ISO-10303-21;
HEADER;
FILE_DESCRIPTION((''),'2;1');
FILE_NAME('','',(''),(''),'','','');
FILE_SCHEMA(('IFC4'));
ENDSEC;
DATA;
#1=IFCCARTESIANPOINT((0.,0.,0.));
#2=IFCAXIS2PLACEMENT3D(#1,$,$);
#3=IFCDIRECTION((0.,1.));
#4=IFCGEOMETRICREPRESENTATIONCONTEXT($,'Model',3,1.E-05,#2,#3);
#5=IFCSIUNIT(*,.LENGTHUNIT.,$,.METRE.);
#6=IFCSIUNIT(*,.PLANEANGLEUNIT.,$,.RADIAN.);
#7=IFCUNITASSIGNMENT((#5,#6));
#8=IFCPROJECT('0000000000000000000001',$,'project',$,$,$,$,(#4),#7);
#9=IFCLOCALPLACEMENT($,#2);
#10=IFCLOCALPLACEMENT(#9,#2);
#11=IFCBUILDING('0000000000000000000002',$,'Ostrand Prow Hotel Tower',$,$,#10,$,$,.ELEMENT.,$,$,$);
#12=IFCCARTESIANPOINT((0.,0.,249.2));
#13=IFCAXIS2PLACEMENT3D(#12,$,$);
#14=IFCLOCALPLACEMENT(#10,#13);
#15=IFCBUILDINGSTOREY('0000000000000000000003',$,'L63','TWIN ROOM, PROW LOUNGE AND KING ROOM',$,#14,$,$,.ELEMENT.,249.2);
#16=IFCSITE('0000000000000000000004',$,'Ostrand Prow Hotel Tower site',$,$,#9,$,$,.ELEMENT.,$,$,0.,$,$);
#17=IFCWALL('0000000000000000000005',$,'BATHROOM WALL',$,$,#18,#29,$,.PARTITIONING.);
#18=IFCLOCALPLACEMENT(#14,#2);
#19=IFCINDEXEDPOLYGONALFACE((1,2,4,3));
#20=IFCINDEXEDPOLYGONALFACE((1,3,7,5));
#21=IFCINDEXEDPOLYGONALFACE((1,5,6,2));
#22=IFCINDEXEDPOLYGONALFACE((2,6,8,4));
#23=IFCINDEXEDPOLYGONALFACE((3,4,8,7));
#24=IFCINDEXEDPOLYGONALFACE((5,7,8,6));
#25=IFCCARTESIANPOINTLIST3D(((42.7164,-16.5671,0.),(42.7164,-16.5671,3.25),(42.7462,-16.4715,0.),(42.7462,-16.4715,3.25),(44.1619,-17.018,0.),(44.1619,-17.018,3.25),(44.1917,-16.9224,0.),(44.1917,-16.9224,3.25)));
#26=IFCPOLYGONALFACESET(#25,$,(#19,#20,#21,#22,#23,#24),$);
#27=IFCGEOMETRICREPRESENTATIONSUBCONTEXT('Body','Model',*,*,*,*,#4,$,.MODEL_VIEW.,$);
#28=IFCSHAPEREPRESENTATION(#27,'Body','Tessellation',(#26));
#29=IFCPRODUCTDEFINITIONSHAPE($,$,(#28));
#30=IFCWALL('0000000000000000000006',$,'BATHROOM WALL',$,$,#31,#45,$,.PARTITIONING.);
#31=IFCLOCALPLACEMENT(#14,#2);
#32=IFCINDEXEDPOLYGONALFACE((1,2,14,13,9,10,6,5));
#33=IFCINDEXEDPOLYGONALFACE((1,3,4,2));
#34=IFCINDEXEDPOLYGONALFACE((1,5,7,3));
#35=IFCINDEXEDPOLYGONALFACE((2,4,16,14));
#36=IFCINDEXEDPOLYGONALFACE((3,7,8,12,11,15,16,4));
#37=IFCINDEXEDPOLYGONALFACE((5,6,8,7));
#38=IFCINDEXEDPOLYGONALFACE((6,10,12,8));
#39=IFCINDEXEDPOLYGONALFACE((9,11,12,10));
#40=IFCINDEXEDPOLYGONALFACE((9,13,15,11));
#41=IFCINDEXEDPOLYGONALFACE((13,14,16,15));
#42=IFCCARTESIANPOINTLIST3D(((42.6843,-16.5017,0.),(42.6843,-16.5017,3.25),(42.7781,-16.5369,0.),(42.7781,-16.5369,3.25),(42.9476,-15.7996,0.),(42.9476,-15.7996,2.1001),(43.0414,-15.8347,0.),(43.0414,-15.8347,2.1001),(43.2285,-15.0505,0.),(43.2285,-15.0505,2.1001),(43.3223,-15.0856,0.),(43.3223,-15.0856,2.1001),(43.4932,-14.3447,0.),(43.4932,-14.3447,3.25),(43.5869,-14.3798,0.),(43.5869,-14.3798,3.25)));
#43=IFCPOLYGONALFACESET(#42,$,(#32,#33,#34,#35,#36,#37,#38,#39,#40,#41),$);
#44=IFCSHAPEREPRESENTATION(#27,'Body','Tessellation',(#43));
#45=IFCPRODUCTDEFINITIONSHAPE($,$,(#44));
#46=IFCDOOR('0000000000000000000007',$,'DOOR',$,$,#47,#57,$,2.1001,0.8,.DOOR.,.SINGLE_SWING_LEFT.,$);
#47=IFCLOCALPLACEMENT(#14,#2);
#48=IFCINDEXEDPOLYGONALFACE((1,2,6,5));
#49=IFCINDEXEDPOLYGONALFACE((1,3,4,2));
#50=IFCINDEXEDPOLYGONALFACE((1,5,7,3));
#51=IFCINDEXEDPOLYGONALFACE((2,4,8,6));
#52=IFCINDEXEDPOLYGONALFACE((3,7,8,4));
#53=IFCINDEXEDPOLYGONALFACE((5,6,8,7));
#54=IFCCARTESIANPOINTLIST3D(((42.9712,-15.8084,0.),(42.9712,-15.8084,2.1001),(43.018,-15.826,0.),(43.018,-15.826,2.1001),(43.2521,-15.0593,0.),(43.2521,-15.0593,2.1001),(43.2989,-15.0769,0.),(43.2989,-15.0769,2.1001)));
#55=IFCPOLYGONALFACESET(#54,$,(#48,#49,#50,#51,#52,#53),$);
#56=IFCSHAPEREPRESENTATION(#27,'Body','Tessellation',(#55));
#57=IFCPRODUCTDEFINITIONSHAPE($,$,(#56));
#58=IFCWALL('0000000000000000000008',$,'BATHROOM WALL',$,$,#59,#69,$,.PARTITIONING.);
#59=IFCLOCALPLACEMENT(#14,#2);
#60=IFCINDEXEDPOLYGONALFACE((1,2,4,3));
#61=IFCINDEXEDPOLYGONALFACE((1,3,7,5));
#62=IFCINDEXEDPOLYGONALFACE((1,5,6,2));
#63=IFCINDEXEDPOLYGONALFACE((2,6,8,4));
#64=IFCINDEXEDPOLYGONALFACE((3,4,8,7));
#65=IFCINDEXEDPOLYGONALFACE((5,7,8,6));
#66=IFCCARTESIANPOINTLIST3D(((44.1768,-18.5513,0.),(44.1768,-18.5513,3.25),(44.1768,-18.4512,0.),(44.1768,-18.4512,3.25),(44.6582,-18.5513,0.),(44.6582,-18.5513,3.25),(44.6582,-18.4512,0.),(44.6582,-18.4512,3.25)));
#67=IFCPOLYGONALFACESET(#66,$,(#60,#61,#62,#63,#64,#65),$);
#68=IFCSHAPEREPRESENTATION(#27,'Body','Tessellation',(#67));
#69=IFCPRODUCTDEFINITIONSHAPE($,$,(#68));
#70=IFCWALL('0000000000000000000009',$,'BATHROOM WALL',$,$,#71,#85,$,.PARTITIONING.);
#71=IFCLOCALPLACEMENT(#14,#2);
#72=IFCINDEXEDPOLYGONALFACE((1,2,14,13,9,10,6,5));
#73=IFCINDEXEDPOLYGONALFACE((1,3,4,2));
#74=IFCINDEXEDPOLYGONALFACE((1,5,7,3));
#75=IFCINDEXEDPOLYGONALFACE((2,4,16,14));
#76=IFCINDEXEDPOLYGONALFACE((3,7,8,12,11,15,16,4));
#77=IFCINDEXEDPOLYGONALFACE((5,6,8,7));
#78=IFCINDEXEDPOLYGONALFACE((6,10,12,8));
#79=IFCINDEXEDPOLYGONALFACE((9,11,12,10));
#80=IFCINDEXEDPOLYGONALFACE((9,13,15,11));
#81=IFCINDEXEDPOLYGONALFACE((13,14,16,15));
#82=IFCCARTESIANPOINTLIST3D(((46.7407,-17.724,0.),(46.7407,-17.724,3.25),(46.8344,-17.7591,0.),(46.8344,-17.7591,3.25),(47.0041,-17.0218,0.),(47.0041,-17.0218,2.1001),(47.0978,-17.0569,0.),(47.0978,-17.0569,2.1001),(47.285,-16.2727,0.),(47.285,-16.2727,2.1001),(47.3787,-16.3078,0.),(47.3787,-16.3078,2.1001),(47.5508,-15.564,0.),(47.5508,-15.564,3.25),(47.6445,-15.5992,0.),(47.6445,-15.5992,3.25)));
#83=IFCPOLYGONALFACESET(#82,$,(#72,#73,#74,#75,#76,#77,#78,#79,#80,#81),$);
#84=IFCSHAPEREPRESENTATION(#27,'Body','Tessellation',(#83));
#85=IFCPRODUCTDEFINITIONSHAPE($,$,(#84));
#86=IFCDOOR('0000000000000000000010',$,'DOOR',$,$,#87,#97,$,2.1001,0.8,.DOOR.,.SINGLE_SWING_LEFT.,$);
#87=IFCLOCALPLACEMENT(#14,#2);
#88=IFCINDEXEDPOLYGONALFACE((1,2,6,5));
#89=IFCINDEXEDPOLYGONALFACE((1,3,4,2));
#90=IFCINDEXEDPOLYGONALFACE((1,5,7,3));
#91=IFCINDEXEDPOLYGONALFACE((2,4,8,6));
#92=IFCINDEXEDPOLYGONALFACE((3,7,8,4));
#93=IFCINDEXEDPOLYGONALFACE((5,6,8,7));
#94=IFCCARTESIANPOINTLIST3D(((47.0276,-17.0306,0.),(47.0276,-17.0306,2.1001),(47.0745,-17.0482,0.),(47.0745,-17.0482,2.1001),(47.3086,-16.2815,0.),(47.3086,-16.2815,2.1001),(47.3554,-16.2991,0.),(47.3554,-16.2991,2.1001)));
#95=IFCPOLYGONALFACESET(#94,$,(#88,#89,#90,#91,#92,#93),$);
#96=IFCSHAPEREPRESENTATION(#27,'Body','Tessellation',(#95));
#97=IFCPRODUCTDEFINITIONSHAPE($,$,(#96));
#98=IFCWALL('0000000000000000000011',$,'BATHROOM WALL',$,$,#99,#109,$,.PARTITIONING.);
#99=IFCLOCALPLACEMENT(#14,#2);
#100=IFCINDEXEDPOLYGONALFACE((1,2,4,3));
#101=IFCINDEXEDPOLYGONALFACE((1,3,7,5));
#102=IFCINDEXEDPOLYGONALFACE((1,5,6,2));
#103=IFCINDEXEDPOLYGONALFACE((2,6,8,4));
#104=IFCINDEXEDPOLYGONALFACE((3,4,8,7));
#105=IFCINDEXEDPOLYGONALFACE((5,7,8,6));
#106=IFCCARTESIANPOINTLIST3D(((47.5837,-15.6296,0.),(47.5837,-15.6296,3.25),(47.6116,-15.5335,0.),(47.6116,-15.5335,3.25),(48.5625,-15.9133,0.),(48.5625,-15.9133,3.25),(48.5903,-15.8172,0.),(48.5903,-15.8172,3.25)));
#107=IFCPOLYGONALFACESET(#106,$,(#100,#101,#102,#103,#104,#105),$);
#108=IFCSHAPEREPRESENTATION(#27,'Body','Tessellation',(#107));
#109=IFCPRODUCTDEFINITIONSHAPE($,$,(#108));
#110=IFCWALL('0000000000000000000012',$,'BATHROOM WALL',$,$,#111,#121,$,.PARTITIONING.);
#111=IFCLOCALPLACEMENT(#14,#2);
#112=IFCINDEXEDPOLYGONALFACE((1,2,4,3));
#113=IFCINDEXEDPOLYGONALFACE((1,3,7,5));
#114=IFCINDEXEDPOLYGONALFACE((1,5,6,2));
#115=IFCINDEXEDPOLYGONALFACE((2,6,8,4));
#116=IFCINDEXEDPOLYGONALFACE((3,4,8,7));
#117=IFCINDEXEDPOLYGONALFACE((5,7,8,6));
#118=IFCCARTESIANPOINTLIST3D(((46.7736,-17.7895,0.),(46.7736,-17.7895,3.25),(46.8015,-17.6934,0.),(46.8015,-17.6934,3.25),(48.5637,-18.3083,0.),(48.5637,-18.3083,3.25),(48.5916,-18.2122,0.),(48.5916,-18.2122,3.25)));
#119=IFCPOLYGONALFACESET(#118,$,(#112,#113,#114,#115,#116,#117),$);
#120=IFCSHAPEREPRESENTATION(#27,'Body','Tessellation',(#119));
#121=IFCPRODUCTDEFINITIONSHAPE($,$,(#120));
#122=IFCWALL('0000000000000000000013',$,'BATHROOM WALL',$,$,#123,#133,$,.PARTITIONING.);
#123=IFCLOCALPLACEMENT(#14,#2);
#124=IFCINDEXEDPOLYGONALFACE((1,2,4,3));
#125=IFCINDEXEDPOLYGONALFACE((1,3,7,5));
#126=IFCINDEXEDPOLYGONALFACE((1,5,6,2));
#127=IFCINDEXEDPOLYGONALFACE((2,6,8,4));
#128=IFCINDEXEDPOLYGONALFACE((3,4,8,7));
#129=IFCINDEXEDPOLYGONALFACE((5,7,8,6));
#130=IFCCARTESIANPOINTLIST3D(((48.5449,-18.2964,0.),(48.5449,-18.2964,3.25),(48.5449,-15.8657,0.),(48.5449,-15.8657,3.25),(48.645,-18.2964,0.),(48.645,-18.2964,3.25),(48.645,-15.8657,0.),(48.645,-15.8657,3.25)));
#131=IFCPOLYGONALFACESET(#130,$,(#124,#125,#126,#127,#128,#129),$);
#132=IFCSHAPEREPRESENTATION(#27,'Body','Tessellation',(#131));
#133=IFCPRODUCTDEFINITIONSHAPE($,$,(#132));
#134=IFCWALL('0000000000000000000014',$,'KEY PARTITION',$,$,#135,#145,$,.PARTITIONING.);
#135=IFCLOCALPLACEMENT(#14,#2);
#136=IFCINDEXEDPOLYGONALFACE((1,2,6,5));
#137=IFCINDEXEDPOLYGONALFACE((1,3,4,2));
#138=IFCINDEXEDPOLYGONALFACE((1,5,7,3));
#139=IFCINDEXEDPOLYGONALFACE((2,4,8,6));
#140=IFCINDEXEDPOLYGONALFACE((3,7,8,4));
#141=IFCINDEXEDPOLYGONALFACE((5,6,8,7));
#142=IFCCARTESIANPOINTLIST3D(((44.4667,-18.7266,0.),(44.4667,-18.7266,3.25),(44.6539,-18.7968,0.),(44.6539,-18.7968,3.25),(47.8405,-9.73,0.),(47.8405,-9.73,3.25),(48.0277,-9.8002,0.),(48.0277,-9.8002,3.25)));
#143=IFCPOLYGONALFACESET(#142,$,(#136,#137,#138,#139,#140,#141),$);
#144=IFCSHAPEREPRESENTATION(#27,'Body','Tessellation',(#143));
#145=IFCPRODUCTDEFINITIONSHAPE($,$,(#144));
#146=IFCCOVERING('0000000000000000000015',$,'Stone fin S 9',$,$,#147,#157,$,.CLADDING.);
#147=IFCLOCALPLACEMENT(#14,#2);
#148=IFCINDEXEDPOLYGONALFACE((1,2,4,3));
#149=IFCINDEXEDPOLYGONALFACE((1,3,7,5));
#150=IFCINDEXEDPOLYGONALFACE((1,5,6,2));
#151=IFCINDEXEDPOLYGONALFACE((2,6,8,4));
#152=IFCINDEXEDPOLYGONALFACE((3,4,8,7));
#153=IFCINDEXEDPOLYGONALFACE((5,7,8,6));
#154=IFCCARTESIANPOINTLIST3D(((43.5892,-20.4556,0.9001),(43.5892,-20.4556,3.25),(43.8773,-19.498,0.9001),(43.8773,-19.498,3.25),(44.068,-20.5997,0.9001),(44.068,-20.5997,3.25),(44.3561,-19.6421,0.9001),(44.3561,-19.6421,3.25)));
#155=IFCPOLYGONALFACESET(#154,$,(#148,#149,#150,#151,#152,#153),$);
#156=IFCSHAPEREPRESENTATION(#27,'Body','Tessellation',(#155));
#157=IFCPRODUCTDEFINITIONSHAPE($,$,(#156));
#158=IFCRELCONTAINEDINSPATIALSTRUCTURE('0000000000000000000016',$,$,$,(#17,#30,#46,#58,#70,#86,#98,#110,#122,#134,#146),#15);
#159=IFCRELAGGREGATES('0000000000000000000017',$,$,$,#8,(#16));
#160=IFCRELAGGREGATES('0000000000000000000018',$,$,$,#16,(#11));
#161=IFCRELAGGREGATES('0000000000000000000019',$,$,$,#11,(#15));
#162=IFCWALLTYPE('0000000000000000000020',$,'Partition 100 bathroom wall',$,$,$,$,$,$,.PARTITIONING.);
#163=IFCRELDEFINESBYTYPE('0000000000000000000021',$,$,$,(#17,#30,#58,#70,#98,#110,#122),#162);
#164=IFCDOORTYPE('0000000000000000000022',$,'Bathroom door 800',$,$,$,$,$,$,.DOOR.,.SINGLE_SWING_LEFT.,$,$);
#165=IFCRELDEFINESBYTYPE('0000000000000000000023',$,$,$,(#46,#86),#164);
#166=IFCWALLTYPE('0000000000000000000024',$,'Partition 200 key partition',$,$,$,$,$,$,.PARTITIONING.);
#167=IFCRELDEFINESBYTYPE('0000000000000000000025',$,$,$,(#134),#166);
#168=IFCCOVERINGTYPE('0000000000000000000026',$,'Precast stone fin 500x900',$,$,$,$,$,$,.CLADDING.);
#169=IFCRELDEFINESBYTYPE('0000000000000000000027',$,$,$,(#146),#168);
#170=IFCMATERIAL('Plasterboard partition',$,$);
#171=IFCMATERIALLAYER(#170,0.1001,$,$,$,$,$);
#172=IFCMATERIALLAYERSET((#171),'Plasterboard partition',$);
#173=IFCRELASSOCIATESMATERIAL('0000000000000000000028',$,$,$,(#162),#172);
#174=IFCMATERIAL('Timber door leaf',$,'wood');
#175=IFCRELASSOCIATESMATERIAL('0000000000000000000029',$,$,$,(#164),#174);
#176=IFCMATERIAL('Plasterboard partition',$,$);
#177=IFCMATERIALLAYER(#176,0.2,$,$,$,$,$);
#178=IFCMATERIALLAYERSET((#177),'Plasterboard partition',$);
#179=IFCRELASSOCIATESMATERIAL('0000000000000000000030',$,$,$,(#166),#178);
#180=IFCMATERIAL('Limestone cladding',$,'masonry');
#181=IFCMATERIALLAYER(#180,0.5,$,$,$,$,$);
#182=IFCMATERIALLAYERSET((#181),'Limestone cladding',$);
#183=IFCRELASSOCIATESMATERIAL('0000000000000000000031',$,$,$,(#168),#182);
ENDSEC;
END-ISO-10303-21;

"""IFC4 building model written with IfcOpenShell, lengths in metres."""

from ifc_helpers import new_model, si_unit, direction, frame, frame_2d, origin, place, context, subcontext, project, spatial, rectangle, extrude, material, layer, layer_set, type_object, element, fill, save


model = new_model("IFC4")

# Units and contexts
model_context = context("Model", 3, precision=1e-05, world=origin(), true_north=direction((0.0, 1.0)))
body_context = subcontext(model_context, "Body", "Model", "MODEL_VIEW")
ifc_project = project(units=[si_unit("LENGTHUNIT", "METRE"), si_unit("PLANEANGLEUNIT", "RADIAN")], contexts=[model_context])

# Site, building, storey
site_placement = place(None, origin())
site = spatial("IfcSite", under=ifc_project, at=site_placement, Name="Ostrand Prow Hotel Tower site", CompositionType="ELEMENT", RefElevation=0.0)
building_placement = place(site_placement, origin())
building = spatial("IfcBuilding", under=site, at=building_placement, Name="Ostrand Prow Hotel Tower", CompositionType="ELEMENT")
storey_placement = place(building_placement, frame((0.0, 0.0, 249.2)))
storey = spatial("IfcBuildingStorey", under=building, at=storey_placement, Name="L63", Description="TWIN ROOM, PROW LOUNGE AND KING ROOM", CompositionType="ELEMENT", Elevation=249.2)

# Wall
ifc_material_1 = material(Name="Plasterboard partition")
ifc_layer_1 = layer(ifc_material_1, 0.1001)
ifc_layer_set_1 = layer_set([ifc_layer_1], Name="Plasterboard partition")
wall_type_1 = type_object("IfcWallType", Name="Partition 100 bathroom wall", PredefinedType="PARTITIONING", material=ifc_layer_set_1)
wall_1_placement = place(storey_placement, frame((44.1768, -16.9702, 0.0), z_axis=(0.0, 0.0, 1.0), x_axis=(-0.954632, 0.297788, 0.0)))
element("IfcWall", 1, at=wall_1_placement, inside=storey, type_object=wall_type_1, Name="BATHROOM WALL", PredefinedType="PARTITIONING", context=body_context, shape_type="SweptSolid", body=[
    extrude(rectangle(XDim=1.5142, YDim=0.1001, at=frame_2d((0.7571, 0.0))), origin(), (0.0, 0.0, 1.0), 3.25),
])

# Wall, opening, door
wall_2_placement = place(storey_placement, frame((42.7312, -16.5193, 0.0), z_axis=(0.0, 0.0, 1.0), x_axis=(0.351112, 0.936334, 0.0)))
wall_2 = element("IfcWall", 2, at=wall_2_placement, inside=storey, type_object=wall_type_1, Name="BATHROOM WALL", PredefinedType="PARTITIONING", context=body_context, shape_type="SweptSolid", body=[
    extrude(rectangle(XDim=2.3037, YDim=0.1001, at=frame_2d((1.1519, 0.0))), origin(), (0.0, 0.0, 1.0), 3.25),
])
opening_1_placement = place(wall_2_placement, frame((0.75, 0.0, 0.0)))
opening_1 = element("IfcOpeningElement", 3, at=opening_1_placement, cuts=wall_2, PredefinedType="OPENING", context=body_context, shape_type="SweptSolid", body=[
    extrude(rectangle(XDim=0.8, YDim=2.1001, at=frame_2d((0.3999, 1.05))), frame((0.0, 0.0601, 0.0), z_axis=(0.0, -1.0, 0.0), x_axis=(1.0, 0.0, 0.0)), (0.0, 0.0, 1.0), 0.1201),
])
ifc_material_2 = material(Name="Timber door leaf", Category="wood")
door_type_1 = type_object("IfcDoorType", Name="Bathroom door 800", OperationType="SINGLE_SWING_LEFT", PredefinedType="DOOR", material=ifc_material_2)
door_1_placement = place(opening_1_placement, origin())
door_1 = element("IfcDoor", 4, at=door_1_placement, inside=storey, type_object=door_type_1, Name="DOOR", OperationType="SINGLE_SWING_LEFT", OverallHeight=2.1001, OverallWidth=0.8, PredefinedType="DOOR", context=body_context, shape_type="SweptSolid", body=[
    extrude(rectangle(XDim=0.8, YDim=2.1001, at=frame_2d((0.3999, 1.05))), frame((0.0, 0.0249, 0.0), z_axis=(0.0, -1.0, 0.0), x_axis=(1.0, 0.0, 0.0)), (0.0, 0.0, 1.0), 0.05),
])
fill(opening_1, door_1)

# Wall
wall_3_placement = place(storey_placement, frame((44.6582, -18.5012, 0.0), z_axis=(0.0, 0.0, 1.0), x_axis=(-1.0, 0.0, 0.0)))
element("IfcWall", 5, at=wall_3_placement, inside=storey, type_object=wall_type_1, Name="BATHROOM WALL", PredefinedType="PARTITIONING", context=body_context, shape_type="SweptSolid", body=[
    extrude(rectangle(XDim=0.4814, YDim=0.1001, at=frame_2d((0.2407, 0.0))), origin(), (0.0, 0.0, 1.0), 3.25),
])

# Wall, opening, door
wall_4_placement = place(storey_placement, frame((46.7876, -17.7415, 0.0), z_axis=(0.0, 0.0, 1.0), x_axis=(0.351158, 0.936316, 0.0)))
wall_4 = element("IfcWall", 6, at=wall_4_placement, inside=storey, type_object=wall_type_1, Name="BATHROOM WALL", PredefinedType="PARTITIONING", context=body_context, shape_type="SweptSolid", body=[
    extrude(rectangle(XDim=2.3069, YDim=0.1001, at=frame_2d((1.1533, 0.0))), origin(), (0.0, 0.0, 1.0), 3.25),
])
opening_2_placement = place(wall_4_placement, frame((0.75, 0.0, 0.0)))
opening_2 = element("IfcOpeningElement", 7, at=opening_2_placement, cuts=wall_4, PredefinedType="OPENING", context=body_context, shape_type="SweptSolid", body=[
    extrude(rectangle(XDim=0.8, YDim=2.1001, at=frame_2d((0.3999, 1.05))), frame((0.0, 0.0601, 0.0), z_axis=(0.0, -1.0, 0.0), x_axis=(1.0, 0.0, 0.0)), (0.0, 0.0, 1.0), 0.1201),
])
door_2_placement = place(opening_2_placement, origin())
door_2 = element("IfcDoor", 8, at=door_2_placement, inside=storey, type_object=door_type_1, Name="DOOR", OperationType="SINGLE_SWING_LEFT", OverallHeight=2.1001, OverallWidth=0.8, PredefinedType="DOOR", context=body_context, shape_type="SweptSolid", body=[
    extrude(rectangle(XDim=0.8, YDim=2.1001, at=frame_2d((0.3999, 1.05))), frame((0.0, 0.0249, 0.0), z_axis=(0.0, -1.0, 0.0), x_axis=(1.0, 0.0, 0.0)), (0.0, 0.0, 1.0), 0.05),
])
fill(opening_2, door_2)

# Walls
wall_5_placement = place(storey_placement, frame((47.5977, -15.5815, 0.0), z_axis=(0.0, 0.0, 1.0), x_axis=(0.960468, -0.27839, 0.0)))
element("IfcWall", 9, at=wall_5_placement, inside=storey, type_object=wall_type_1, Name="BATHROOM WALL", PredefinedType="PARTITIONING", context=body_context, shape_type="SweptSolid", body=[
    extrude(rectangle(XDim=1.019, YDim=0.1001, at=frame_2d((0.5095, 0.0))), origin(), (0.0, 0.0, 1.0), 3.25),
])
wall_6_placement = place(storey_placement, frame((48.5776, -18.2603, 0.0), z_axis=(0.0, 0.0, 1.0), x_axis=(-0.960474, 0.27837, 0.0)))
element("IfcWall", 10, at=wall_6_placement, inside=storey, type_object=wall_type_1, Name="BATHROOM WALL", PredefinedType="PARTITIONING", context=body_context, shape_type="SweptSolid", body=[
    extrude(rectangle(XDim=1.8638, YDim=0.1001, at=frame_2d((0.9319, 0.0))), origin(), (0.0, 0.0, 1.0), 3.25),
])
wall_7_placement = place(storey_placement, frame((48.595, -15.8657, 0.0), z_axis=(0.0, 0.0, 1.0), x_axis=(0.0, -1.0, 0.0)))
element("IfcWall", 11, at=wall_7_placement, inside=storey, type_object=wall_type_1, Name="BATHROOM WALL", PredefinedType="PARTITIONING", context=body_context, shape_type="SweptSolid", body=[
    extrude(rectangle(XDim=2.4307, YDim=0.1001, at=frame_2d((1.2153, 0.0))), origin(), (0.0, 0.0, 1.0), 3.25),
])
ifc_material_3 = material(Name="Plasterboard partition")
ifc_layer_2 = layer(ifc_material_3, 0.2)
ifc_layer_set_2 = layer_set([ifc_layer_2], Name="Plasterboard partition")
wall_type_2 = type_object("IfcWallType", Name="Partition 200 key partition", PredefinedType="PARTITIONING", material=ifc_layer_set_2)
wall_8_placement = place(storey_placement, frame((44.5603, -18.7617, 0.0), z_axis=(0.0, 0.0, 1.0), x_axis=(0.351129, 0.936327, 0.0)))
element("IfcWall", 12, at=wall_8_placement, inside=storey, type_object=wall_type_2, Name="KEY PARTITION", PredefinedType="PARTITIONING", context=body_context, shape_type="SweptSolid", body=[
    extrude(rectangle(XDim=9.6084, YDim=0.2, at=frame_2d((4.8042, 0.0))), origin(), (0.0, 0.0, 1.0), 3.25),
])

# Covering
ifc_material_4 = material(Name="Limestone cladding", Category="masonry")
ifc_layer_3 = layer(ifc_material_4, 0.5)
ifc_layer_set_3 = layer_set([ifc_layer_3], Name="Limestone cladding")
covering_type = type_object("IfcCoveringType", Name="Precast stone fin 500x900", PredefinedType="CLADDING", material=ifc_layer_set_3)
covering_placement = place(storey_placement, frame((44.1167, -19.5701, 0.9001), z_axis=(0.0, 0.0, 1.0), x_axis=(-0.288109, -0.957598, 0.0)))
element("IfcCovering", 13, at=covering_placement, inside=storey, type_object=covering_type, Name="Stone fin S 9", PredefinedType="CLADDING", context=body_context, shape_type="SweptSolid", body=[
    extrude(rectangle(XDim=1.0, YDim=0.5, at=frame_2d((0.5, 0.0))), origin(), (0.0, 0.0, 1.0), 2.3499),
])

save(model, "model.ifc")
